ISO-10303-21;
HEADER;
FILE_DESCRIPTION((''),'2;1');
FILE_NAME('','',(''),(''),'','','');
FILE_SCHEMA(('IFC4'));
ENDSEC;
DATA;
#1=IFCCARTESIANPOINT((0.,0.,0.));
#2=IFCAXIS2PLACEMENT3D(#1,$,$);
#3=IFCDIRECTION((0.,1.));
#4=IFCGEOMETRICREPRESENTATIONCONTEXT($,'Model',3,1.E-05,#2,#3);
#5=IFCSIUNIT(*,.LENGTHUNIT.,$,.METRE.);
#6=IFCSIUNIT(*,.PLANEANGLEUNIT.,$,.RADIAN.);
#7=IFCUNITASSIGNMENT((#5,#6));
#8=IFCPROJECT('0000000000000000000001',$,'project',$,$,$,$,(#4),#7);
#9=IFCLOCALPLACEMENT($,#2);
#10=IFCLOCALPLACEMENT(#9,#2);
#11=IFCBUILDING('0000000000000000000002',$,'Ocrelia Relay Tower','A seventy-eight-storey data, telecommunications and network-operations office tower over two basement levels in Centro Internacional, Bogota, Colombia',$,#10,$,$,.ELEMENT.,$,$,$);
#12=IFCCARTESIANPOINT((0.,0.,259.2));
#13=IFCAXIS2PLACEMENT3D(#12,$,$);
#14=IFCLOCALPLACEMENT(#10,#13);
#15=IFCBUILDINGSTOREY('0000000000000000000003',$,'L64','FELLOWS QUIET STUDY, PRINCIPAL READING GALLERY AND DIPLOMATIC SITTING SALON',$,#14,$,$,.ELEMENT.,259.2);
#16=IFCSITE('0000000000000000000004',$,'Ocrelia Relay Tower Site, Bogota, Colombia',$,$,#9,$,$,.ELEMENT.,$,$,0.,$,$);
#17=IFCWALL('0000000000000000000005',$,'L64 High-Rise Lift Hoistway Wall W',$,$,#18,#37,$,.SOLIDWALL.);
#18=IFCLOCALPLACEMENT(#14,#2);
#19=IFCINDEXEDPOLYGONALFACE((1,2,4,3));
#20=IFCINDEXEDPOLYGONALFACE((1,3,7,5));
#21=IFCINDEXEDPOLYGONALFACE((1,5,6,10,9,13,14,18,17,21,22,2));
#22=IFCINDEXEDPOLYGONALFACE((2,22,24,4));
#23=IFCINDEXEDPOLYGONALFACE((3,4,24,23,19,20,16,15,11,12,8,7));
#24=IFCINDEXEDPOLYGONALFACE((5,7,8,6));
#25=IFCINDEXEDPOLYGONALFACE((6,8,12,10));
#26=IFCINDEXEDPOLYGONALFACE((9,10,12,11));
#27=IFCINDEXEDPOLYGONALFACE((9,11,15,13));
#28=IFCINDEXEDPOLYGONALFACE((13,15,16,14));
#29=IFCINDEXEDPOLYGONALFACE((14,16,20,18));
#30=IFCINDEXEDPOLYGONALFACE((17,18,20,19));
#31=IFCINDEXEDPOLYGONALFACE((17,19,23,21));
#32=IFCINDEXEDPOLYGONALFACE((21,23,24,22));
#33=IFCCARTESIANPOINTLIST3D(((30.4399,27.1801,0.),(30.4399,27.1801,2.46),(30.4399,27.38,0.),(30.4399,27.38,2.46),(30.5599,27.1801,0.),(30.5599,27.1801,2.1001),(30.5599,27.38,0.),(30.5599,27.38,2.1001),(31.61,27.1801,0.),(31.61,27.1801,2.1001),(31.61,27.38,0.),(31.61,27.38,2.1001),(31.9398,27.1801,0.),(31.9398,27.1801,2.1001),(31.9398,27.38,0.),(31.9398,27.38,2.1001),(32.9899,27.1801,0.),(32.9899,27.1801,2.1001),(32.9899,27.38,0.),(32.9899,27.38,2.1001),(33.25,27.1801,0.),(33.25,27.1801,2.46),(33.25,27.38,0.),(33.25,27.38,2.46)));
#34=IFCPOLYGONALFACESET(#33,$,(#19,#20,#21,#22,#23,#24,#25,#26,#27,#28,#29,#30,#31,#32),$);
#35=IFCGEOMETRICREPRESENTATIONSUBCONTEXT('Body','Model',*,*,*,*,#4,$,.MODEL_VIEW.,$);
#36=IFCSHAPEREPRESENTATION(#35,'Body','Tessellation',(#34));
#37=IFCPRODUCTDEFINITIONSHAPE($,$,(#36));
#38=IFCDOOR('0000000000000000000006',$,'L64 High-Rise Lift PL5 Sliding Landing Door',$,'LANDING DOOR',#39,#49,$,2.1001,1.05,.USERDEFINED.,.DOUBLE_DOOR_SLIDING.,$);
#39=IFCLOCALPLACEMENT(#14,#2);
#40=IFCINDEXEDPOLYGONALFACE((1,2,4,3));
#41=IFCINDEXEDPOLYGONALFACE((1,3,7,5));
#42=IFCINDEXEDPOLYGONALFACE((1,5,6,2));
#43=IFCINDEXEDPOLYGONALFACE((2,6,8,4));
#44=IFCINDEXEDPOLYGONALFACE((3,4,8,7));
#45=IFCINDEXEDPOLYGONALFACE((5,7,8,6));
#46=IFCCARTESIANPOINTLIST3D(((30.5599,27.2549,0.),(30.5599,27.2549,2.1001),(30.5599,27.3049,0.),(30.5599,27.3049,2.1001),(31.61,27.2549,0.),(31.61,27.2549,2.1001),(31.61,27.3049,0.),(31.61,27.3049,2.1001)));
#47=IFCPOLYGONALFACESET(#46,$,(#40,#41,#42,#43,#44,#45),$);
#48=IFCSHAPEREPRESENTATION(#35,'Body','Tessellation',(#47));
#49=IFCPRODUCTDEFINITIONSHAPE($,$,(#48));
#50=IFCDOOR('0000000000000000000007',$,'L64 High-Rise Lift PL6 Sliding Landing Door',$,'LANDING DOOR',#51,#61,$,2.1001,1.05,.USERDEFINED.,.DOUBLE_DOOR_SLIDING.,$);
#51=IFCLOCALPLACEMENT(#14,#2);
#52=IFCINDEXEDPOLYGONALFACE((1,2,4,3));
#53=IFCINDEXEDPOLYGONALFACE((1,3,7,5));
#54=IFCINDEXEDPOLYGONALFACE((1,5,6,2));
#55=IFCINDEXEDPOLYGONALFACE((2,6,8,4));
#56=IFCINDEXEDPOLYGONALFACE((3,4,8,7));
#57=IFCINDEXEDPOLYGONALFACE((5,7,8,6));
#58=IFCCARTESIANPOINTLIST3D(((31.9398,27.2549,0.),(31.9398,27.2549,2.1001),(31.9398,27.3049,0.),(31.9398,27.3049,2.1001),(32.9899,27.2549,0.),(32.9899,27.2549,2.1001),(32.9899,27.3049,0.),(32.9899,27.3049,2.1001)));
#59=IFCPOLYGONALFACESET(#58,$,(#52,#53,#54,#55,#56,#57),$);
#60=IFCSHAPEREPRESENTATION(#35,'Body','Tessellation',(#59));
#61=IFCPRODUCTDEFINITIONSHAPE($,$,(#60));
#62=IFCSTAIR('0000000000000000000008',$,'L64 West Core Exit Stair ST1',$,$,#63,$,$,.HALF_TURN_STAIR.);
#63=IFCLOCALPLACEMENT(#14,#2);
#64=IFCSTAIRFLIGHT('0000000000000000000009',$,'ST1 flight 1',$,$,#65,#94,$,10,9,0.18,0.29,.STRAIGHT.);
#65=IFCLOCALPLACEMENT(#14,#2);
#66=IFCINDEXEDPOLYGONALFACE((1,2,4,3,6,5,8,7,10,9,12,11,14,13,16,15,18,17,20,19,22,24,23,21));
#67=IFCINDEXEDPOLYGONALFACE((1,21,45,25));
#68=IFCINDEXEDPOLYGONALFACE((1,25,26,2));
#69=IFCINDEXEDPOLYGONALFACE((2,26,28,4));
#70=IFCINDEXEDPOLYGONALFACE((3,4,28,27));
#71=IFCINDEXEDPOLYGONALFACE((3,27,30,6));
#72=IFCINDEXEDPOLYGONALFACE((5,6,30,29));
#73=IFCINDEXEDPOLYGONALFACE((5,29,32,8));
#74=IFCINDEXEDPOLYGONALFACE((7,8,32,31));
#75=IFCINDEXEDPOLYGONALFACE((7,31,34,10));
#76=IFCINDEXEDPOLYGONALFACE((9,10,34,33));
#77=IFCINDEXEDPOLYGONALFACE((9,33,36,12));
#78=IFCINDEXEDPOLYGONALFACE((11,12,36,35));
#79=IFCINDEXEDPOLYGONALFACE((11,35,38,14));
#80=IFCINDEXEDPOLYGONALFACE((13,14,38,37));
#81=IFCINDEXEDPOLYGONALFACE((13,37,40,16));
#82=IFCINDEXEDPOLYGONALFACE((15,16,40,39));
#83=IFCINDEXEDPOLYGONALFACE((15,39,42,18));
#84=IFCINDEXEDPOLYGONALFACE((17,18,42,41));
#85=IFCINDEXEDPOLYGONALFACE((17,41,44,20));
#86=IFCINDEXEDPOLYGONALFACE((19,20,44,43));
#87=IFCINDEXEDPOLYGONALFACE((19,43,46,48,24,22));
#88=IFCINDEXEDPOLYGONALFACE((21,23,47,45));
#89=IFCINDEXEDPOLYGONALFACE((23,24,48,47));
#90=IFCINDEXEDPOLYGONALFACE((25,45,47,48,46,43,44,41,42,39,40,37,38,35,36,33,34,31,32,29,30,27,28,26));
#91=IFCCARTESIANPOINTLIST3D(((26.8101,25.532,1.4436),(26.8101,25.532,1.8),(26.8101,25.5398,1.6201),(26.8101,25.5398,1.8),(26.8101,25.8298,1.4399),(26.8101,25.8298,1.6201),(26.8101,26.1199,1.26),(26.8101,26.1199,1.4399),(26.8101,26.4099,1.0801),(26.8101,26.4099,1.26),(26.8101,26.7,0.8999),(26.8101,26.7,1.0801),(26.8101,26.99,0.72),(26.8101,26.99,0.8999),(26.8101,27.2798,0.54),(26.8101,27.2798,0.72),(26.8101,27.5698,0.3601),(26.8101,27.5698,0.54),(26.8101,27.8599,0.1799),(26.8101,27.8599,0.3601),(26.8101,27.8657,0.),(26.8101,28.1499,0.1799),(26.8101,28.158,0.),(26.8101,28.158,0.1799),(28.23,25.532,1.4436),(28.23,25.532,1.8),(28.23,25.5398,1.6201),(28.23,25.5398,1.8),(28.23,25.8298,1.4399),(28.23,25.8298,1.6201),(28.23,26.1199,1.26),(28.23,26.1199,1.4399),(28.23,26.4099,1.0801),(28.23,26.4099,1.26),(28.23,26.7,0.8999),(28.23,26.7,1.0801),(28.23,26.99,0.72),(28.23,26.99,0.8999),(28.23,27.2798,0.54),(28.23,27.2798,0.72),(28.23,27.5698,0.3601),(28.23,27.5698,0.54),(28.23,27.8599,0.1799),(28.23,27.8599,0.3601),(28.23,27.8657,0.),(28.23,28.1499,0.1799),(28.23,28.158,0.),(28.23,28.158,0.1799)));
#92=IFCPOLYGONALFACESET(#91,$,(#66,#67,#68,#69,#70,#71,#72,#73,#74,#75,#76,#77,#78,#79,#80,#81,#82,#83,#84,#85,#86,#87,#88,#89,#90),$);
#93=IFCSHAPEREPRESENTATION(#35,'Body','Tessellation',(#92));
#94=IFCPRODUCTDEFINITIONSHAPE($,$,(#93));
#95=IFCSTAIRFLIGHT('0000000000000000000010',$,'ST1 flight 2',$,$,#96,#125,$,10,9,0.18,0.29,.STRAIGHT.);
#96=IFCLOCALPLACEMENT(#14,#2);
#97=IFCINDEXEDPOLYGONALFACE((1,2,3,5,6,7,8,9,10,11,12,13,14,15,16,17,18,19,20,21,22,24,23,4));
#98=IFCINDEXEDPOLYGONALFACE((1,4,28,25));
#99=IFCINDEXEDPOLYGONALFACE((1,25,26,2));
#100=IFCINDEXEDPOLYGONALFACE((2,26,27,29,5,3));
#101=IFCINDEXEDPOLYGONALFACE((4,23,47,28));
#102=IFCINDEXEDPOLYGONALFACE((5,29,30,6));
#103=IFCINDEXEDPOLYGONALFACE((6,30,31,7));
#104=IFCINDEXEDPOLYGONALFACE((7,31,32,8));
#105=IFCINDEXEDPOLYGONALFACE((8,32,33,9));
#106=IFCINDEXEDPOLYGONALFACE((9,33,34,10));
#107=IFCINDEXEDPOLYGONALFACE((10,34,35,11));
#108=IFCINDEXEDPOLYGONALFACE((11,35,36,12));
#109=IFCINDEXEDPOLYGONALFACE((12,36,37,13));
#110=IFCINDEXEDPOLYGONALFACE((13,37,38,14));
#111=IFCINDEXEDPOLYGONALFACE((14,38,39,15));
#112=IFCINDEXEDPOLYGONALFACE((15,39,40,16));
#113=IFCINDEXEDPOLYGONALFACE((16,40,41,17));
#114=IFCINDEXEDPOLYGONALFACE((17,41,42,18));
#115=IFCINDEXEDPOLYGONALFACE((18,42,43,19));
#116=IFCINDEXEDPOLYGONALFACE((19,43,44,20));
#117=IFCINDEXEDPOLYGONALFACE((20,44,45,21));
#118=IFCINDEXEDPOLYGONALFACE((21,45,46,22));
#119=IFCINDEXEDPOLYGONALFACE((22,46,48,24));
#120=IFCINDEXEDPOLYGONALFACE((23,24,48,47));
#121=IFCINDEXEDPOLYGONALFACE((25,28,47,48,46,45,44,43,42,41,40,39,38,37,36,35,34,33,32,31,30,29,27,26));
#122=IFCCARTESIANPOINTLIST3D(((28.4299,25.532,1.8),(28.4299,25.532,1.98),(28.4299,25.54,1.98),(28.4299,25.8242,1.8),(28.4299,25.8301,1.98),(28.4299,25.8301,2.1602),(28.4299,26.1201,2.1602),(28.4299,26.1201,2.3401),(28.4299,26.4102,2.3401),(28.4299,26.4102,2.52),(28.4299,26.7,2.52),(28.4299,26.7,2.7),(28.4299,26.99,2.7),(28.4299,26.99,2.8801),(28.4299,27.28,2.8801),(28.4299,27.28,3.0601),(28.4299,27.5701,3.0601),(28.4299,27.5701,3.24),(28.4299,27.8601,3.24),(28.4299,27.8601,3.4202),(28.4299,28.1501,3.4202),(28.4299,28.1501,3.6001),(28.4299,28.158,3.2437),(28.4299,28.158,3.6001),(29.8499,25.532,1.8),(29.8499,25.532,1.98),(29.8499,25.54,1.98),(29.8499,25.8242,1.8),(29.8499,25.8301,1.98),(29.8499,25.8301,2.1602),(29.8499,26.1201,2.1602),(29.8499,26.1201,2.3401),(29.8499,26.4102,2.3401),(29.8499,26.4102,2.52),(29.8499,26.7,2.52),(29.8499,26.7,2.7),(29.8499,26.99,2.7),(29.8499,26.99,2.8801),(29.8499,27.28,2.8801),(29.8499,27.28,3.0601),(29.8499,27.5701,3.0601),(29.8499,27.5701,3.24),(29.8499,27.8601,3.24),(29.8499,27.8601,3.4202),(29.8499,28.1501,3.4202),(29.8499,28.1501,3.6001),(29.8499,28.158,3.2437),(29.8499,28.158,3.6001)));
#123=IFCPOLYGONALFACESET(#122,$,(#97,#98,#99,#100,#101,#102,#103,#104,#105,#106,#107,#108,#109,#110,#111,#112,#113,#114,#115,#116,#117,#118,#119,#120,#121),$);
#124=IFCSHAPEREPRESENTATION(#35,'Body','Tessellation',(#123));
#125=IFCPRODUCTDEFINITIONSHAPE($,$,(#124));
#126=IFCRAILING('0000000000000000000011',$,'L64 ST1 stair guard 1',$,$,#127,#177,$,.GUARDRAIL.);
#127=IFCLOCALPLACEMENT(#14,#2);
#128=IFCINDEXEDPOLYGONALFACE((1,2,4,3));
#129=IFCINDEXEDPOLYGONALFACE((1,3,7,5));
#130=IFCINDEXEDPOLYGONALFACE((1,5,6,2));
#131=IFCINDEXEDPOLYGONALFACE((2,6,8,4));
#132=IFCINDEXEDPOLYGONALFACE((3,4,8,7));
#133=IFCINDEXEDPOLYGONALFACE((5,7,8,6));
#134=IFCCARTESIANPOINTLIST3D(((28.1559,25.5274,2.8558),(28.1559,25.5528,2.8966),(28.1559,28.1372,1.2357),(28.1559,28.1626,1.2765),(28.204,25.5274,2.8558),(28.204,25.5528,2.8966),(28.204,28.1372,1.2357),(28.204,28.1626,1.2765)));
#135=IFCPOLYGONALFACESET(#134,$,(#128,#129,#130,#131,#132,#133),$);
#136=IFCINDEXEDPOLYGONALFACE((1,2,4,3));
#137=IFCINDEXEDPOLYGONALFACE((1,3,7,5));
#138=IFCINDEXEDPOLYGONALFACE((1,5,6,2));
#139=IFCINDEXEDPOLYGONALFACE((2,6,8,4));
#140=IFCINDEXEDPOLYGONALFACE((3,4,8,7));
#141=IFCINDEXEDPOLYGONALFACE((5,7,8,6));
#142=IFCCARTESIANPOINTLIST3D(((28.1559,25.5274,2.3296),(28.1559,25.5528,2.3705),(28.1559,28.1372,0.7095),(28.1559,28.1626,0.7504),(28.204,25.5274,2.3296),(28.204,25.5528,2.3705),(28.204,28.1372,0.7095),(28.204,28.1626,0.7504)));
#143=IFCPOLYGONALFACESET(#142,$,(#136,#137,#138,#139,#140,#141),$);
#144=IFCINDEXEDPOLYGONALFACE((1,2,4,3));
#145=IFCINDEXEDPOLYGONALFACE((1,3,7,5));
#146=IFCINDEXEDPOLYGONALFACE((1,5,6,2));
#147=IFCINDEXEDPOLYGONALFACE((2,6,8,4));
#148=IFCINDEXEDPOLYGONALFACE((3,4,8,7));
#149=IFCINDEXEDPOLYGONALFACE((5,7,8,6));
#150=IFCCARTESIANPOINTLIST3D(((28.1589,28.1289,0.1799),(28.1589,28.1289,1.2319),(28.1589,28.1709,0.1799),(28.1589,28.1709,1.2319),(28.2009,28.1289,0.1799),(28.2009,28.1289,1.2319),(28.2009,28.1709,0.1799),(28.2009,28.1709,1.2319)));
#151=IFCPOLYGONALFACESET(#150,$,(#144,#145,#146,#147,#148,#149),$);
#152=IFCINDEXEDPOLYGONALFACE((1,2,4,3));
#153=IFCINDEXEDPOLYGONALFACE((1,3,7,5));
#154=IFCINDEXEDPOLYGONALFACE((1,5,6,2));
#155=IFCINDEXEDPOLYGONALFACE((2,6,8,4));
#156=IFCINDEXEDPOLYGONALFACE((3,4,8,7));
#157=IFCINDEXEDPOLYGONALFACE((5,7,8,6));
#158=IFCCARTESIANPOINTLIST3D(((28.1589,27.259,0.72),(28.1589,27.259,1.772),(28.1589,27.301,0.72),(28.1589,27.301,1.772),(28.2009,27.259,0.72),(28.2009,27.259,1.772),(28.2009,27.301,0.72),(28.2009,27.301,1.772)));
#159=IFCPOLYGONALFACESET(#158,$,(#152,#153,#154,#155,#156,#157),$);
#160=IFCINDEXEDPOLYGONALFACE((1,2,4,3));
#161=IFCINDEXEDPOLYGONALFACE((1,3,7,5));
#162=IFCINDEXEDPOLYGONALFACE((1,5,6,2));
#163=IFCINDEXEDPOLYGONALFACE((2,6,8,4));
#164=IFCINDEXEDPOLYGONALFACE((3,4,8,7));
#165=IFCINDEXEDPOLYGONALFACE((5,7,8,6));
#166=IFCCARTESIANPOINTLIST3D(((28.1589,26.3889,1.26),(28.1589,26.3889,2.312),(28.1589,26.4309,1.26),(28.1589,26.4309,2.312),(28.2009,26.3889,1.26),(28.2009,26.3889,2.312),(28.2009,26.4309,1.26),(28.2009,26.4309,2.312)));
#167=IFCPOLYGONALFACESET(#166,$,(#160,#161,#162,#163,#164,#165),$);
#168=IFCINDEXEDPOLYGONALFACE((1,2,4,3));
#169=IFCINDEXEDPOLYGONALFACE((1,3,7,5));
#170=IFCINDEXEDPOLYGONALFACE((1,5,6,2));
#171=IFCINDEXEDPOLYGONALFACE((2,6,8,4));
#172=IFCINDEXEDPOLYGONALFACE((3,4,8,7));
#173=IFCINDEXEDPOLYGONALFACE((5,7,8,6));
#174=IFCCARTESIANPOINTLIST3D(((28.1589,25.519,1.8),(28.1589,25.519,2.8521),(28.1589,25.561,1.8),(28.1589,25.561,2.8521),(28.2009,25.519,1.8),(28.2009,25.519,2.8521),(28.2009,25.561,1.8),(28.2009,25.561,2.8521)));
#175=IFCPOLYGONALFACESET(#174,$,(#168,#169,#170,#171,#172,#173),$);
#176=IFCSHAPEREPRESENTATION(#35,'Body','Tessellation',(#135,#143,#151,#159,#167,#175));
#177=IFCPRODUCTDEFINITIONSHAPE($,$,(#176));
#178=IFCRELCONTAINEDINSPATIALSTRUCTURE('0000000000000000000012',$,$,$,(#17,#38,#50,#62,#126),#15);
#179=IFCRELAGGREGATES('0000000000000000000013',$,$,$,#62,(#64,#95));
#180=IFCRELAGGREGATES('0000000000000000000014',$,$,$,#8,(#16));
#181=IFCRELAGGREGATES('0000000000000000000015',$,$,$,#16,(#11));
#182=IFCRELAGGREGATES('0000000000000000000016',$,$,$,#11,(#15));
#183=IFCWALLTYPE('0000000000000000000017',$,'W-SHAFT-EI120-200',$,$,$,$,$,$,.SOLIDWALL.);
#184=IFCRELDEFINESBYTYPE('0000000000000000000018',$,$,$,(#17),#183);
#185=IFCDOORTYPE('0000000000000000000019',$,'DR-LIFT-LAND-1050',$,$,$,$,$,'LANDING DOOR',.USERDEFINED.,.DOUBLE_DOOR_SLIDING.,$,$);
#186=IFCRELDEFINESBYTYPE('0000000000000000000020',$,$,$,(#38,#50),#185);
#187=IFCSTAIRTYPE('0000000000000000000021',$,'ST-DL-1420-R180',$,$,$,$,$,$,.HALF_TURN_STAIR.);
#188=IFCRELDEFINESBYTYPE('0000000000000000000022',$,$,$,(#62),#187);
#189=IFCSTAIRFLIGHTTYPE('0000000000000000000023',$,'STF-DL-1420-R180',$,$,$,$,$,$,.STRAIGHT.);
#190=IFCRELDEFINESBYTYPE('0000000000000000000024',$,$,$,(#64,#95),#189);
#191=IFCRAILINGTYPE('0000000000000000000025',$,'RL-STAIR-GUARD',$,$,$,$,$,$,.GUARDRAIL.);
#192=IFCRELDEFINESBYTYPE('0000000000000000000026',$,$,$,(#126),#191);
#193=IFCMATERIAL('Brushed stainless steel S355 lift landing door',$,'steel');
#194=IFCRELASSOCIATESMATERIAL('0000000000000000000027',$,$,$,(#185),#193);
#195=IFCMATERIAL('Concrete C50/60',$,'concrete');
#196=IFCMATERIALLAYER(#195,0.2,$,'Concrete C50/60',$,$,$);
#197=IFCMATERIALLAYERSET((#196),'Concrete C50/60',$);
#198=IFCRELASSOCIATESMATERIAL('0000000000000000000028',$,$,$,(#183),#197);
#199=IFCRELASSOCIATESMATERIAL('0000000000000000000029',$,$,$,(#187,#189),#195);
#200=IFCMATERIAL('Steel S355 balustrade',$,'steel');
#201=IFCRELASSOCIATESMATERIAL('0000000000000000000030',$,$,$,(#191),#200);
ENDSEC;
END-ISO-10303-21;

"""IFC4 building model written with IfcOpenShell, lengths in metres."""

from ifc_helpers import new_model, si_unit, direction, frame, frame_2d, origin, origin_2d, place, context, subcontext, project, spatial, polyline, rectangle, outline, extrude, material, layer, layer_set, type_object, element, fill, aggregate, save


model = new_model("IFC4")

# Units and contexts
model_context = context("Model", 3, precision=1e-05, world=origin(), true_north=direction((0.0, 1.0)))
body_context = subcontext(model_context, "Body", "Model", "MODEL_VIEW")
ifc_project = project(units=[si_unit("LENGTHUNIT", "METRE"), si_unit("PLANEANGLEUNIT", "RADIAN")], contexts=[model_context])

# Site, building, storey
site_placement = place(None, origin())
site = spatial("IfcSite", under=ifc_project, at=site_placement, Name="Ocrelia Relay Tower Site, Bogota, Colombia", CompositionType="ELEMENT", RefElevation=0.0)
building_placement = place(site_placement, origin())
building = spatial("IfcBuilding", under=site, at=building_placement, Name="Ocrelia Relay Tower", Description="A seventy-eight-storey data, telecommunications and network-operations office tower over two basement levels in Centro Internacional, Bogota, Colombia", CompositionType="ELEMENT")
storey_placement = place(building_placement, frame((0.0, 0.0, 259.2)))
storey = spatial("IfcBuildingStorey", under=building, at=storey_placement, Name="L64", Description="FELLOWS QUIET STUDY, PRINCIPAL READING GALLERY AND DIPLOMATIC SITTING SALON", CompositionType="ELEMENT", Elevation=259.2)

# Shared definitions
ifc_material_1 = material(Name="Concrete C50/60", Category="concrete")

# Shared definitions
ifc_material_2 = material(Name="Brushed stainless steel S355 lift landing door", Category="steel")
door_type_1 = type_object("IfcDoorType", Name="DR-LIFT-LAND-1050", ElementType="LANDING DOOR", OperationType="DOUBLE_DOOR_SLIDING", PredefinedType="USERDEFINED", material=ifc_material_2)

# Shared definitions
ifc_layer_1 = layer(ifc_material_1, 0.2, Name="Concrete C50/60")
ifc_layer_set_1 = layer_set([ifc_layer_1], Name="Concrete C50/60")
wall_type_1 = type_object("IfcWallType", Name="W-SHAFT-EI120-200", PredefinedType="SOLIDWALL", material=ifc_layer_set_1)

# Wall, openings, doors
wall_1_placement = place(storey_placement, frame((30.4399, 27.28, 0.0), z_axis=(0.0, 0.0, 1.0), x_axis=(1.0, 0.0, 0.0)))
wall_1 = element("IfcWall", 1, at=wall_1_placement, inside=storey, type_object=wall_type_1, Name="L64 High-Rise Lift Hoistway Wall W", PredefinedType="SOLIDWALL", context=body_context, shape_type="SweptSolid", body=[
    extrude(rectangle(XDim=2.8101, YDim=0.2, at=frame_2d((1.405, 0.0))), origin(), (0.0, 0.0, 1.0), 2.46),
])
opening_1_placement = place(wall_1_placement, frame((0.1201, 0.0, 0.0)))
opening_1 = element("IfcOpeningElement", 2, at=opening_1_placement, cuts=wall_1, PredefinedType="OPENING", context=body_context, shape_type="SweptSolid", body=[
    extrude(rectangle(XDim=1.05, YDim=2.1001, at=frame_2d((0.5249, 1.05))), frame((0.0, 0.1099, 0.0), z_axis=(0.0, -1.0, 0.0), x_axis=(1.0, 0.0, 0.0)), (0.0, 0.0, 1.0), 0.22),
])
opening_2_placement = place(wall_1_placement, frame((1.5, 0.0, 0.0)))
opening_2 = element("IfcOpeningElement", 3, at=opening_2_placement, cuts=wall_1, PredefinedType="OPENING", context=body_context, shape_type="SweptSolid", body=[
    extrude(rectangle(XDim=1.05, YDim=2.1001, at=frame_2d((0.5249, 1.05))), frame((0.0, 0.1099, 0.0), z_axis=(0.0, -1.0, 0.0), x_axis=(1.0, 0.0, 0.0)), (0.0, 0.0, 1.0), 0.22),
])
door_1_placement = place(opening_1_placement, origin())
door_1 = element("IfcDoor", 4, at=door_1_placement, inside=storey, type_object=door_type_1, Name="L64 High-Rise Lift PL5 Sliding Landing Door", ObjectType="LANDING DOOR", OperationType="DOUBLE_DOOR_SLIDING", OverallHeight=2.1001, OverallWidth=1.05, PredefinedType="USERDEFINED", context=body_context, shape_type="SweptSolid", body=[
    extrude(rectangle(XDim=1.05, YDim=2.1001, at=frame_2d((0.5249, 1.05))), frame((0.0, 0.0249, 0.0), z_axis=(0.0, -1.0, 0.0), x_axis=(1.0, 0.0, 0.0)), (0.0, 0.0, 1.0), 0.05),
])
fill(opening_1, door_1)
door_2_placement = place(opening_2_placement, origin())
door_2 = element("IfcDoor", 5, at=door_2_placement, inside=storey, type_object=door_type_1, Name="L64 High-Rise Lift PL6 Sliding Landing Door", ObjectType="LANDING DOOR", OperationType="DOUBLE_DOOR_SLIDING", OverallHeight=2.1001, OverallWidth=1.05, PredefinedType="USERDEFINED", context=body_context, shape_type="SweptSolid", body=[
    extrude(rectangle(XDim=1.05, YDim=2.1001, at=frame_2d((0.5249, 1.05))), frame((0.0, 0.0249, 0.0), z_axis=(0.0, -1.0, 0.0), x_axis=(1.0, 0.0, 0.0)), (0.0, 0.0, 1.0), 0.05),
])
fill(opening_2, door_2)

# Stair, stair flights
stair_type = type_object("IfcStairType", Name="ST-DL-1420-R180", PredefinedType="HALF_TURN_STAIR", material=ifc_material_1)
stair_placement = place(storey_placement, origin())
stair = element("IfcStair", 6, at=stair_placement, inside=storey, type_object=stair_type, Name="L64 West Core Exit Stair ST1", PredefinedType="HALF_TURN_STAIR")
stair_flight_type = type_object("IfcStairFlightType", Name="STF-DL-1420-R180", PredefinedType="STRAIGHT", material=ifc_material_1)
stair_flight_1_placement = place(storey_placement, frame((27.52, 28.1499, 0.0), z_axis=(0.0, 0.0, 1.0), x_axis=(0.0, -1.0, 0.0)))
stair_flight_1 = element("IfcStairFlight", 7, at=stair_flight_1_placement, type_object=stair_flight_type, Name="ST1 flight 1", NumberOfRisers=10, NumberOfTreads=9, PredefinedType="STRAIGHT", RiserHeight=0.18, TreadLength=0.29, context=body_context, shape_type="SweptSolid", body=[
    extrude(outline(polyline([(-0.0081, 0.0), (-0.0081, 0.1799), (0.0, 0.1799), (0.29, 0.1799), (0.29, 0.3601), (0.5801, 0.3601), (0.5801, 0.54), (0.8701, 0.54), (0.8701, 0.72), (1.1599, 0.72), (1.1599, 0.8999), (1.45, 0.8999), (1.45, 1.0801), (1.74, 1.0801), (1.74, 1.26), (2.03, 1.26), (2.03, 1.4399), (2.3201, 1.4399), (2.3201, 1.6201), (2.6101, 1.6201), (2.6101, 1.8), (2.6179, 1.8), (2.6179, 1.4436), (0.2842, 0.0), (-0.0081, 0.0)])), frame((0.0, 0.71, 0.0), z_axis=(0.0, -1.0, 0.0), x_axis=(1.0, 0.0, 0.0)), (0.0, 0.0, 1.0), 1.4199),
])
stair_flight_2_placement = place(storey_placement, frame((29.1399, 25.54, 1.8), z_axis=(0.0, 0.0, 1.0), x_axis=(0.0, 1.0, 0.0)))
stair_flight_2 = element("IfcStairFlight", 8, at=stair_flight_2_placement, type_object=stair_flight_type, Name="ST1 flight 2", NumberOfRisers=10, NumberOfTreads=9, PredefinedType="STRAIGHT", RiserHeight=0.18, TreadLength=0.29, context=body_context, shape_type="SweptSolid", body=[
    extrude(outline(polyline([(-0.0081, 0.0), (-0.0081, 0.1799), (0.0, 0.1799), (0.29, 0.1799), (0.29, 0.3601), (0.5801, 0.3601), (0.5801, 0.54), (0.8701, 0.54), (0.8701, 0.72), (1.1599, 0.72), (1.1599, 0.8999), (1.45, 0.8999), (1.45, 1.0801), (1.74, 1.0801), (1.74, 1.26), (2.03, 1.26), (2.03, 1.4399), (2.3201, 1.4399), (2.3201, 1.6201), (2.6101, 1.6201), (2.6101, 1.8), (2.6179, 1.8), (2.6179, 1.4436), (0.2842, 0.0), (-0.0081, 0.0)])), frame((0.0, 0.71, 0.0), z_axis=(0.0, -1.0, 0.0), x_axis=(1.0, 0.0, 0.0)), (0.0, 0.0, 1.0), 1.4199),
])
aggregate(stair, [stair_flight_1, stair_flight_2])

# Railing
ifc_material_3 = material(Name="Steel S355 balustrade", Category="steel")
railing_type_1 = type_object("IfcRailingType", Name="RL-STAIR-GUARD", PredefinedType="GUARDRAIL", material=ifc_material_3)
railing_1_placement = place(storey_placement, frame((28.1799, 28.1499, 0.1799)))
element("IfcRailing", 9, at=railing_1_placement, inside=storey, type_object=railing_type_1, Name="L64 ST1 stair guard 1", PredefinedType="GUARDRAIL", context=body_context, shape_type="SweptSolid", body=[
    extrude(rectangle(XDim=0.0481, YDim=0.0481, at=origin_2d()), frame((0.0, 0.0, 1.0762), z_axis=(0.0, -0.849611, 0.52741), x_axis=(1.0, 0.0, 0.0)), (0.0, 0.0, 1.0), 3.0718),
    extrude(rectangle(XDim=0.0481, YDim=0.0481, at=origin_2d()), frame((0.0, 0.0, 0.55), z_axis=(0.0, -0.849611, 0.52741), x_axis=(1.0, 0.0, 0.0)), (0.0, 0.0, 1.0), 3.0718),
    extrude(rectangle(XDim=0.042, YDim=0.042, at=origin_2d()), origin(), (0.0, 0.0, 1.0), 1.052),
    extrude(rectangle(XDim=0.042, YDim=0.042, at=origin_2d()), frame((0.0, -0.8699, 0.54)), (0.0, 0.0, 1.0), 1.052),
    extrude(rectangle(XDim=0.042, YDim=0.042, at=origin_2d()), frame((0.0, -1.74, 1.0801)), (0.0, 0.0, 1.0), 1.052),
    extrude(rectangle(XDim=0.042, YDim=0.042, at=origin_2d()), frame((0.0, -2.6099, 1.6201)), (0.0, 0.0, 1.0), 1.052),
])

save(model, "model.ifc")
